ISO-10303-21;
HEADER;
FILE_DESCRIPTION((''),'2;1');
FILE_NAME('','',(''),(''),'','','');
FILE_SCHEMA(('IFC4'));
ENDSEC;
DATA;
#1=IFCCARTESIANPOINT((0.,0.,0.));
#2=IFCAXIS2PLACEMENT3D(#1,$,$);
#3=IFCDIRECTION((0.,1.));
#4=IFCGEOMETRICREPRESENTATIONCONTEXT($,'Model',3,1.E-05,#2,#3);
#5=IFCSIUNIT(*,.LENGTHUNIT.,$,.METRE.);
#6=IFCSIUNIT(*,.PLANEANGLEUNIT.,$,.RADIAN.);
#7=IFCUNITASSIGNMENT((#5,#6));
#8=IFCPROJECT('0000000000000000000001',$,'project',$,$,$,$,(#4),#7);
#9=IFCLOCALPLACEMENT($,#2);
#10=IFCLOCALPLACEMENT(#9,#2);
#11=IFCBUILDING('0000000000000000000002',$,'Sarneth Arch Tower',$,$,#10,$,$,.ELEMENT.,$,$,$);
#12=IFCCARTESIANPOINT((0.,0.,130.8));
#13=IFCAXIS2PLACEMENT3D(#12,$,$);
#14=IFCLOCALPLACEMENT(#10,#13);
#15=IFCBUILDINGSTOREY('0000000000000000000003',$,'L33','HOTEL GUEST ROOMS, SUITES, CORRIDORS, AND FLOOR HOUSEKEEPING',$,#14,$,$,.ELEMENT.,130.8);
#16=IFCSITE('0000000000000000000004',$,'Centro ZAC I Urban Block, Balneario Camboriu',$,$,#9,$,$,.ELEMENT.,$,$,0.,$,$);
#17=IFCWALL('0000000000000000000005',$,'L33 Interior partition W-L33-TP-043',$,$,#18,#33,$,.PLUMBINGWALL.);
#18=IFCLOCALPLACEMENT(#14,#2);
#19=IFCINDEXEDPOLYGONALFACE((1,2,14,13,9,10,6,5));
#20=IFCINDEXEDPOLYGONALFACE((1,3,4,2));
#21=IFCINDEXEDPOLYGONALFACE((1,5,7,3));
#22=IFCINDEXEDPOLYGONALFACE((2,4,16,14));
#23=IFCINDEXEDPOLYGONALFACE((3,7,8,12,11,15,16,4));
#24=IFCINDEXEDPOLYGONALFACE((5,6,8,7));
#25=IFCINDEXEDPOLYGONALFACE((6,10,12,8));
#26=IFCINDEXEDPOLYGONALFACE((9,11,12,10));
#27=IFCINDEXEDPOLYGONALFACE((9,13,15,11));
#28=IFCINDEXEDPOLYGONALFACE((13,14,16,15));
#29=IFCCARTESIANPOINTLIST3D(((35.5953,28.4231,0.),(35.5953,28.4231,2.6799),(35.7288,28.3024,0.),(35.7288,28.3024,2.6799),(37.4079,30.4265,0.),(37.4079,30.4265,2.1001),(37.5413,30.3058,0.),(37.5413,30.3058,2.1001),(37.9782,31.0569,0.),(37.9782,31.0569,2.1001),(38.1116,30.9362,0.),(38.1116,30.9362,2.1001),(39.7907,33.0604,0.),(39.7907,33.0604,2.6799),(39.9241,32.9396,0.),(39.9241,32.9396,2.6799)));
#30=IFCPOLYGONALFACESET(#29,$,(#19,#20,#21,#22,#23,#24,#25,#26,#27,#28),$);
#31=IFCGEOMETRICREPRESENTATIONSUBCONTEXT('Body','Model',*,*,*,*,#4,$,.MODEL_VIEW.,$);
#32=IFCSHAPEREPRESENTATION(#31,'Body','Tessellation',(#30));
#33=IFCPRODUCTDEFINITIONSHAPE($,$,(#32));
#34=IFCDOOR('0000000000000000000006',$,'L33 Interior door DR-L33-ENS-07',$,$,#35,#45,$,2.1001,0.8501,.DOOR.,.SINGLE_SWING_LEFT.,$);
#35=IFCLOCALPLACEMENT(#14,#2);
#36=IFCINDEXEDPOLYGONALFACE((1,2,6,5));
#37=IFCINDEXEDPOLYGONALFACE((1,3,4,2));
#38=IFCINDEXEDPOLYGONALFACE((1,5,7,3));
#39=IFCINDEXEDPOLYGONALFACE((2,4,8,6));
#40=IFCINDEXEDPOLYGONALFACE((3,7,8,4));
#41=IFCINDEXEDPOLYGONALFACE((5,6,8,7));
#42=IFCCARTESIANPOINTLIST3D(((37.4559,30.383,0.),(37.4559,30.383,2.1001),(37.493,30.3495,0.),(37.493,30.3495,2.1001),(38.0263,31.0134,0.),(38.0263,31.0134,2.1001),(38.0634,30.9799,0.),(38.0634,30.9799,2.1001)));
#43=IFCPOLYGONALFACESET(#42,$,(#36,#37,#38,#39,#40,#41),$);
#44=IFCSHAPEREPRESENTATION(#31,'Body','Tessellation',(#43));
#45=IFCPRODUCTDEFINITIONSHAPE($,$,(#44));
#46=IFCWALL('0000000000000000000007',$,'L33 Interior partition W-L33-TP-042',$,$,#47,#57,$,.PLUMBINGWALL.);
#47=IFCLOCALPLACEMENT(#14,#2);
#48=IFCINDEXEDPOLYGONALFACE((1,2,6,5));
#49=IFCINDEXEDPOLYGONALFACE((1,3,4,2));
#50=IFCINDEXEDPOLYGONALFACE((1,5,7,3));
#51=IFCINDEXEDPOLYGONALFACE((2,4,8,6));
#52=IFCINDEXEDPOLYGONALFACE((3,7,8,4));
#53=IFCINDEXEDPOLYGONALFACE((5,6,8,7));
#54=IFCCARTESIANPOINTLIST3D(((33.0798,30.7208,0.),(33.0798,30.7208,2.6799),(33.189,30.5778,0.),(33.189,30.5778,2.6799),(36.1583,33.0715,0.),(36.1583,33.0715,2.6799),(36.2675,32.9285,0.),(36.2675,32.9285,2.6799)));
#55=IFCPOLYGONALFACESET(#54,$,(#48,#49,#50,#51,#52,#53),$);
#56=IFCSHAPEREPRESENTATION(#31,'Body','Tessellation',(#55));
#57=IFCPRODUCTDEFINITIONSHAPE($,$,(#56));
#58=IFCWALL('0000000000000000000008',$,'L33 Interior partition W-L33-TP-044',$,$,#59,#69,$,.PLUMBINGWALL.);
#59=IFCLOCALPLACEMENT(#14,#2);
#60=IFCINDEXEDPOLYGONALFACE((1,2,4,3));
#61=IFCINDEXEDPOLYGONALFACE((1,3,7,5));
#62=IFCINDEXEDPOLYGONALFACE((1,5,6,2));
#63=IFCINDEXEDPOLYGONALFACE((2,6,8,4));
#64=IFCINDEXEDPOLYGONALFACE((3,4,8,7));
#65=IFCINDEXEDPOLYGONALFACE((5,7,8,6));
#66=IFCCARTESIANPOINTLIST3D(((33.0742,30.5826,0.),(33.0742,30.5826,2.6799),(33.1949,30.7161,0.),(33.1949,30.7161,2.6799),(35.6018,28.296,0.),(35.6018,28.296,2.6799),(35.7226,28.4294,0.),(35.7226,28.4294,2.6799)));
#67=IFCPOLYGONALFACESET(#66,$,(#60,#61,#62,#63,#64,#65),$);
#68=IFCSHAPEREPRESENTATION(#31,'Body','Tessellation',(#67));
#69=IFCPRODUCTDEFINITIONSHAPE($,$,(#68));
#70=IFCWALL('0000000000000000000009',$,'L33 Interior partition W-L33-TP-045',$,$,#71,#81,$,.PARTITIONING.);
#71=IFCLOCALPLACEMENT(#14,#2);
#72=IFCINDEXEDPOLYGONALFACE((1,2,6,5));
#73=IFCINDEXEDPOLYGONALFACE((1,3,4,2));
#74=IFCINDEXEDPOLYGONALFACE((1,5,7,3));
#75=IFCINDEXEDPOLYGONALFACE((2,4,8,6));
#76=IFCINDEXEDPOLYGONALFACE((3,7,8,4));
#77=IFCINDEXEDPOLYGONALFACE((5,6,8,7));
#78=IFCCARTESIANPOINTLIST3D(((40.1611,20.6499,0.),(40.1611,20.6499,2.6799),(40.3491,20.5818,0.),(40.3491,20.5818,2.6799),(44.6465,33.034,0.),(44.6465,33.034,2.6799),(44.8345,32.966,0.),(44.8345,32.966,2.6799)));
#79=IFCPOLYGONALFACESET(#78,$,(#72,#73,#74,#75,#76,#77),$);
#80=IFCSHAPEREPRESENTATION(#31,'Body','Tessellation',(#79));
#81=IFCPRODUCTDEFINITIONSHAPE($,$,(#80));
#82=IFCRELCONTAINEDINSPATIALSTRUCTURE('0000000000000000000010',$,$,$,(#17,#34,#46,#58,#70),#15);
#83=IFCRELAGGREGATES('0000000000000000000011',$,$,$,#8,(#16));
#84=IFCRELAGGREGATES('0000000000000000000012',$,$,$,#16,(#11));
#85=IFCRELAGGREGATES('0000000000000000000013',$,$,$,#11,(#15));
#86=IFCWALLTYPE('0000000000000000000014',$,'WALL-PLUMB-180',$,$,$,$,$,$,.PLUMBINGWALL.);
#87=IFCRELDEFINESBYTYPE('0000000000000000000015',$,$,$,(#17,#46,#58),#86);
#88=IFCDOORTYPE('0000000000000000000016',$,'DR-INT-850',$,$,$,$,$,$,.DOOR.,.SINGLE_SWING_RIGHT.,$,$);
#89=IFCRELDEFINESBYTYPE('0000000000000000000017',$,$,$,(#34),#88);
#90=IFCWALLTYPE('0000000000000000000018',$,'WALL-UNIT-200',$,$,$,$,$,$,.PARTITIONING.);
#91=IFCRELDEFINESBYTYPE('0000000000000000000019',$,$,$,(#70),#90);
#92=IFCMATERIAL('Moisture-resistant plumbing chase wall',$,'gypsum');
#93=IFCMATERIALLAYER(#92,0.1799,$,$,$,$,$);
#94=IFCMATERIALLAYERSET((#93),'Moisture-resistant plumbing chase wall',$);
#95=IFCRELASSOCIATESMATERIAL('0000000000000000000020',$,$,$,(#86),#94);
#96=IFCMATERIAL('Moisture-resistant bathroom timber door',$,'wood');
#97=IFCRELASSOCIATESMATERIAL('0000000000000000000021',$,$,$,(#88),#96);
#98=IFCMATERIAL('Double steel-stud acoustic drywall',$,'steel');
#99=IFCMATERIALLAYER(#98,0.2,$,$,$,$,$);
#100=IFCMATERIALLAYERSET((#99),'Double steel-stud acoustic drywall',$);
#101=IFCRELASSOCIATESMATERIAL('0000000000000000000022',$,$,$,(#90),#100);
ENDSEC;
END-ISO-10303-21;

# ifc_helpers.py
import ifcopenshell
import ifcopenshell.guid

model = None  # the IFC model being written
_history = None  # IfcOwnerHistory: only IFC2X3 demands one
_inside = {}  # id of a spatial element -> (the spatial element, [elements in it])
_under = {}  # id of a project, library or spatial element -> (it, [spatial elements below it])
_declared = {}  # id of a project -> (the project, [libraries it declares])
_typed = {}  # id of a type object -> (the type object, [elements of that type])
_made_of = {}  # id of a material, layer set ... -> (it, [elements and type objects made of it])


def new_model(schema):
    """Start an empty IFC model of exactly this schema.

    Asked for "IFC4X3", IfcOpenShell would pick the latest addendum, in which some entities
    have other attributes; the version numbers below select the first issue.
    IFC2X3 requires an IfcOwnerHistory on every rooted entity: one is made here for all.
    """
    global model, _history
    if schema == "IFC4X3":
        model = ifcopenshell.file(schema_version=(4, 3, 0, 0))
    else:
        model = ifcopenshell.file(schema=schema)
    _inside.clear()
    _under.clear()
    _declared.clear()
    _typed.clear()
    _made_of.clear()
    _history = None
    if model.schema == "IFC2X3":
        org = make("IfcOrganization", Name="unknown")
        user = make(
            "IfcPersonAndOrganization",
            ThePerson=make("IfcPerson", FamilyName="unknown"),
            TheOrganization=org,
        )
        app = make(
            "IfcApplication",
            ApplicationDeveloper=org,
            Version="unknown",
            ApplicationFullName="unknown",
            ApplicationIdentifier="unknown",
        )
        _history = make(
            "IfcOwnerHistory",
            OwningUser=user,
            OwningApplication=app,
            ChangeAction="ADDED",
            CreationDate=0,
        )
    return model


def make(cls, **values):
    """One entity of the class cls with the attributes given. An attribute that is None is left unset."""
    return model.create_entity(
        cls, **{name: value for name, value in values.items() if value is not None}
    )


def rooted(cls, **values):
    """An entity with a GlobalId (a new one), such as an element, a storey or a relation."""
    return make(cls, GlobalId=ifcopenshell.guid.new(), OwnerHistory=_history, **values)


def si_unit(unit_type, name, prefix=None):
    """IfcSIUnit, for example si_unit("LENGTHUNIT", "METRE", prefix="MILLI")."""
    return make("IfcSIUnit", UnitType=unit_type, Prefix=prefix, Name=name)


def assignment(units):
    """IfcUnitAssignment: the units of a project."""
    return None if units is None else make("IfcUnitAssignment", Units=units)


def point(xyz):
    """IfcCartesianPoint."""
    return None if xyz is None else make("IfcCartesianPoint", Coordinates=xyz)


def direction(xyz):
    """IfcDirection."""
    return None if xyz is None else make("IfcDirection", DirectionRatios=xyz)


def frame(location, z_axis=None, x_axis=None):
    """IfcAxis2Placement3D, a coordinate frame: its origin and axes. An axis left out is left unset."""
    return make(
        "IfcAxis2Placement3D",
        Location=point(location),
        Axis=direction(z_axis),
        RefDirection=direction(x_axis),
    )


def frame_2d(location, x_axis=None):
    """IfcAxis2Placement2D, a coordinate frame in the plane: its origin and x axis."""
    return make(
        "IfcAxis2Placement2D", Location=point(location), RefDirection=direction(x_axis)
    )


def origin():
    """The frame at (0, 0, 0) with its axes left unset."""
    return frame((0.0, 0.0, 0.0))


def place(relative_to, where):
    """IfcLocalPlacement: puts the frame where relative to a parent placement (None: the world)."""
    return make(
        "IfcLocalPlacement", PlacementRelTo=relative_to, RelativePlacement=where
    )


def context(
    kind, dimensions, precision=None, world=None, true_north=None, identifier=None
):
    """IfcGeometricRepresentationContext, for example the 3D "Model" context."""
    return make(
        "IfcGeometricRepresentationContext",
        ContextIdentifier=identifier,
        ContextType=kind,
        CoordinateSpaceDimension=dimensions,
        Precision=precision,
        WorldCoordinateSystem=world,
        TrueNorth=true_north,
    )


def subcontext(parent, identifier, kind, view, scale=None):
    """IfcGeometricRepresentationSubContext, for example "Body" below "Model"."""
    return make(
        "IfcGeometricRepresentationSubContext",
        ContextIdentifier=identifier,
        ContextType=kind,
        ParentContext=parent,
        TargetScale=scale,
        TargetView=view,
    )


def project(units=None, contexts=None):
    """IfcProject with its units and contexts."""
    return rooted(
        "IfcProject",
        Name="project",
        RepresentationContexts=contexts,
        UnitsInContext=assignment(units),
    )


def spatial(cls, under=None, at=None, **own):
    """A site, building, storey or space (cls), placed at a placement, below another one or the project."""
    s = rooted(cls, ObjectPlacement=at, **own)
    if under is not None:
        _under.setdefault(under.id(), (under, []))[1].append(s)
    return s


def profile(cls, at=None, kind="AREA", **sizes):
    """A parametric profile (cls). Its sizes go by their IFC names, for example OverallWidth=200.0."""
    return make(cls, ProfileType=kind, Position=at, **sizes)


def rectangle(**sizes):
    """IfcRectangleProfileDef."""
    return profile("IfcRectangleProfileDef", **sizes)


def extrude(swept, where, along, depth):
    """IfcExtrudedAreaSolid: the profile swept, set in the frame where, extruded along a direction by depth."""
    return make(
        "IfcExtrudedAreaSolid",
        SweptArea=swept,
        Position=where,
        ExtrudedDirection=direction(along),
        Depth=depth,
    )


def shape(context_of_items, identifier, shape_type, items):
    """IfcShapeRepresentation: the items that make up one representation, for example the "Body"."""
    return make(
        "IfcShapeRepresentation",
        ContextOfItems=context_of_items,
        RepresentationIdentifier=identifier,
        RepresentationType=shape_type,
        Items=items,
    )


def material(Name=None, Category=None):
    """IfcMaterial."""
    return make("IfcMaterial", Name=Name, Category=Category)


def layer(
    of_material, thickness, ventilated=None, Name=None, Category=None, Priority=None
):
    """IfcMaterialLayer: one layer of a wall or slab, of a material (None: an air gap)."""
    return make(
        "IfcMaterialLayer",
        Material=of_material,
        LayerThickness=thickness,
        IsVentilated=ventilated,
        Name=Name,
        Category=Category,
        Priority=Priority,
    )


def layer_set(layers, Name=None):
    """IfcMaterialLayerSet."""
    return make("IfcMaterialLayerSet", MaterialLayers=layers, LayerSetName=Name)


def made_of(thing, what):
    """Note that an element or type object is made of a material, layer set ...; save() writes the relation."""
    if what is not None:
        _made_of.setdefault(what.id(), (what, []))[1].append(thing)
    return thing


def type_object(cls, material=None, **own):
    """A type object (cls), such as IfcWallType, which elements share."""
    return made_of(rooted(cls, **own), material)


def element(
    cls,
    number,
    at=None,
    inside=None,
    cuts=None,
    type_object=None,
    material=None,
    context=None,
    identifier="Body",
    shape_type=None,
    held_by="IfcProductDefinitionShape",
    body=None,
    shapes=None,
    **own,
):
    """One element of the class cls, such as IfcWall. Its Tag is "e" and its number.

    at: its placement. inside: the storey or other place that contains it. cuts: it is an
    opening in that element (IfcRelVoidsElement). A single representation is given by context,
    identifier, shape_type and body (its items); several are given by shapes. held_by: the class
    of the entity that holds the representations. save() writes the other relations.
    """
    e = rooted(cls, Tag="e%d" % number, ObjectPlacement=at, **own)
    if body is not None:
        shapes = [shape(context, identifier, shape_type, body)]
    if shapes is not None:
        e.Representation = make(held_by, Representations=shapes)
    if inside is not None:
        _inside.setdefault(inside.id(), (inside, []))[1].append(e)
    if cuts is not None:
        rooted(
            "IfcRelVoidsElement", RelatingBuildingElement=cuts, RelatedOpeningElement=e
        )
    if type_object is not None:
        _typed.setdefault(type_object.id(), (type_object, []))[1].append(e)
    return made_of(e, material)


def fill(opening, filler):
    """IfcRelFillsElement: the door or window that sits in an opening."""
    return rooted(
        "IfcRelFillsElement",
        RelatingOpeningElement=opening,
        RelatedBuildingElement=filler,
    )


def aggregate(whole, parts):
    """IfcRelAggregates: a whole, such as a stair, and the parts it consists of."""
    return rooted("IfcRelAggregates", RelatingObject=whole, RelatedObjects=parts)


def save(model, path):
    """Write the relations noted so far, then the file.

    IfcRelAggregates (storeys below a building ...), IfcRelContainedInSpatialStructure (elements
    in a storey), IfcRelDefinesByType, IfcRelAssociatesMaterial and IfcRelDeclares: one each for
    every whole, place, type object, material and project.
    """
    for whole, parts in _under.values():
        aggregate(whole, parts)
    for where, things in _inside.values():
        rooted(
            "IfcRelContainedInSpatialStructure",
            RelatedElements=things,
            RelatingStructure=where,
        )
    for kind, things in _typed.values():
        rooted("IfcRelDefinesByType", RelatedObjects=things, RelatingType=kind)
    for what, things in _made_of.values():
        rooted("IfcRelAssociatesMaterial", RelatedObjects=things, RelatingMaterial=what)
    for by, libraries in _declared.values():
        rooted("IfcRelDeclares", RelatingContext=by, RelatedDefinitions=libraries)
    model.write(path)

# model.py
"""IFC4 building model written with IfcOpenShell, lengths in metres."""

from ifc_helpers import new_model, si_unit, direction, frame, frame_2d, origin, place, context, subcontext, project, spatial, rectangle, extrude, material, layer, layer_set, type_object, element, fill, save


model = new_model("IFC4")

# Units and contexts
model_context = context("Model", 3, precision=1e-05, world=origin(), true_north=direction((0.0, 1.0)))
body_context = subcontext(model_context, "Body", "Model", "MODEL_VIEW")
ifc_project = project(units=[si_unit("LENGTHUNIT", "METRE"), si_unit("PLANEANGLEUNIT", "RADIAN")], contexts=[model_context])

# Site, building, storey
site_placement = place(None, origin())
site = spatial("IfcSite", under=ifc_project, at=site_placement, Name="Centro ZAC I Urban Block, Balneario Camboriu", CompositionType="ELEMENT", RefElevation=0.0)
building_placement = place(site_placement, origin())
building = spatial("IfcBuilding", under=site, at=building_placement, Name="Sarneth Arch Tower", CompositionType="ELEMENT")
storey_placement = place(building_placement, frame((0.0, 0.0, 130.8)))
storey = spatial("IfcBuildingStorey", under=building, at=storey_placement, Name="L33", Description="HOTEL GUEST ROOMS, SUITES, CORRIDORS, AND FLOOR HOUSEKEEPING", CompositionType="ELEMENT", Elevation=130.8)

# Wall, opening, door
ifc_material_1 = material(Name="Moisture-resistant plumbing chase wall", Category="gypsum")
ifc_layer_1 = layer(ifc_material_1, 0.1799)
ifc_layer_set_1 = layer_set([ifc_layer_1], Name="Moisture-resistant plumbing chase wall")
wall_type_1 = type_object("IfcWallType", Name="WALL-PLUMB-180", PredefinedType="PLUMBINGWALL", material=ifc_layer_set_1)
wall_1_placement = place(storey_placement, frame((39.8574, 33.0, 0.0), z_axis=(0.0, 0.0, 1.0), x_axis=(-0.670891, -0.741556, 0.0)))
wall_1 = element("IfcWall", 1, at=wall_1_placement, inside=storey, type_object=wall_type_1, Name="L33 Interior partition W-L33-TP-043", PredefinedType="PLUMBINGWALL", context=body_context, shape_type="SweptSolid", body=[
    extrude(rectangle(XDim=6.2534, YDim=0.1799, at=frame_2d((3.1267, 0.0))), origin(), (0.0, 0.0, 1.0), 2.6799),
])
opening_1_placement = place(wall_1_placement, frame((2.7017, 0.0, 0.0)))
opening_1 = element("IfcOpeningElement", 2, at=opening_1_placement, cuts=wall_1, PredefinedType="OPENING", context=body_context, shape_type="SweptSolid", body=[
    extrude(rectangle(XDim=0.8501, YDim=2.1001, at=frame_2d((0.425, 1.05))), frame((0.0, 0.0999, 0.0), z_axis=(0.0, -1.0, 0.0), x_axis=(1.0, 0.0, 0.0)), (0.0, 0.0, 1.0), 0.2),
])
ifc_material_2 = material(Name="Moisture-resistant bathroom timber door", Category="wood")
door_type_1 = type_object("IfcDoorType", Name="DR-INT-850", OperationType="SINGLE_SWING_RIGHT", PredefinedType="DOOR", material=ifc_material_2)
door_1_placement = place(opening_1_placement, origin())
door_1 = element("IfcDoor", 3, at=door_1_placement, inside=storey, type_object=door_type_1, Name="L33 Interior door DR-L33-ENS-07", OperationType="SINGLE_SWING_LEFT", OverallHeight=2.1001, OverallWidth=0.8501, PredefinedType="DOOR", context=body_context, shape_type="SweptSolid", body=[
    extrude(rectangle(XDim=0.8501, YDim=2.1001, at=frame_2d((0.425, 1.05))), frame((0.0, 0.0249, 0.0), z_axis=(0.0, -1.0, 0.0), x_axis=(1.0, 0.0, 0.0)), (0.0, 0.0, 1.0), 0.05),
])
fill(opening_1, door_1)

# Walls
wall_2_placement = place(storey_placement, frame((33.1345, 30.6494, 0.0), z_axis=(0.0, 0.0, 1.0), x_axis=(0.794789, 0.606886, 0.0)))
element("IfcWall", 4, at=wall_2_placement, inside=storey, type_object=wall_type_1, Name="L33 Interior partition W-L33-TP-042", PredefinedType="PLUMBINGWALL", context=body_context, shape_type="SweptSolid", body=[
    extrude(rectangle(XDim=3.8733, YDim=0.1799, at=frame_2d((1.9365, 0.0))), origin(), (0.0, 0.0, 1.0), 2.6799),
])
wall_3_placement = place(storey_placement, frame((35.6621, 28.3628, 0.0), z_axis=(0.0, 0.0, 1.0), x_axis=(-0.741571, 0.670874, 0.0)))
element("IfcWall", 5, at=wall_3_placement, inside=storey, type_object=wall_type_1, Name="L33 Interior partition W-L33-TP-044", PredefinedType="PLUMBINGWALL", context=body_context, shape_type="SweptSolid", body=[
    extrude(rectangle(XDim=3.4084, YDim=0.1799, at=frame_2d((1.7041, 0.0))), origin(), (0.0, 0.0, 1.0), 2.6799),
])
ifc_material_3 = material(Name="Double steel-stud acoustic drywall", Category="steel")
ifc_layer_2 = layer(ifc_material_3, 0.2)
ifc_layer_set_2 = layer_set([ifc_layer_2], Name="Double steel-stud acoustic drywall")
wall_type_2 = type_object("IfcWallType", Name="WALL-UNIT-200", PredefinedType="PARTITIONING", material=ifc_layer_set_2)
wall_4_placement = place(storey_placement, frame((44.7405, 33.0, 0.0), z_axis=(0.0, 0.0, 1.0), x_axis=(-0.34054, -0.94023, 0.0)))
element("IfcWall", 6, at=wall_4_placement, inside=storey, type_object=wall_type_2, Name="L33 Interior partition W-L33-TP-045", PredefinedType="PARTITIONING", context=body_context, shape_type="SweptSolid", body=[
    extrude(rectangle(XDim=13.1714, YDim=0.2, at=frame_2d((6.5857, 0.0))), origin(), (0.0, 0.0, 1.0), 2.6799),
])

save(model, "model.ifc")
